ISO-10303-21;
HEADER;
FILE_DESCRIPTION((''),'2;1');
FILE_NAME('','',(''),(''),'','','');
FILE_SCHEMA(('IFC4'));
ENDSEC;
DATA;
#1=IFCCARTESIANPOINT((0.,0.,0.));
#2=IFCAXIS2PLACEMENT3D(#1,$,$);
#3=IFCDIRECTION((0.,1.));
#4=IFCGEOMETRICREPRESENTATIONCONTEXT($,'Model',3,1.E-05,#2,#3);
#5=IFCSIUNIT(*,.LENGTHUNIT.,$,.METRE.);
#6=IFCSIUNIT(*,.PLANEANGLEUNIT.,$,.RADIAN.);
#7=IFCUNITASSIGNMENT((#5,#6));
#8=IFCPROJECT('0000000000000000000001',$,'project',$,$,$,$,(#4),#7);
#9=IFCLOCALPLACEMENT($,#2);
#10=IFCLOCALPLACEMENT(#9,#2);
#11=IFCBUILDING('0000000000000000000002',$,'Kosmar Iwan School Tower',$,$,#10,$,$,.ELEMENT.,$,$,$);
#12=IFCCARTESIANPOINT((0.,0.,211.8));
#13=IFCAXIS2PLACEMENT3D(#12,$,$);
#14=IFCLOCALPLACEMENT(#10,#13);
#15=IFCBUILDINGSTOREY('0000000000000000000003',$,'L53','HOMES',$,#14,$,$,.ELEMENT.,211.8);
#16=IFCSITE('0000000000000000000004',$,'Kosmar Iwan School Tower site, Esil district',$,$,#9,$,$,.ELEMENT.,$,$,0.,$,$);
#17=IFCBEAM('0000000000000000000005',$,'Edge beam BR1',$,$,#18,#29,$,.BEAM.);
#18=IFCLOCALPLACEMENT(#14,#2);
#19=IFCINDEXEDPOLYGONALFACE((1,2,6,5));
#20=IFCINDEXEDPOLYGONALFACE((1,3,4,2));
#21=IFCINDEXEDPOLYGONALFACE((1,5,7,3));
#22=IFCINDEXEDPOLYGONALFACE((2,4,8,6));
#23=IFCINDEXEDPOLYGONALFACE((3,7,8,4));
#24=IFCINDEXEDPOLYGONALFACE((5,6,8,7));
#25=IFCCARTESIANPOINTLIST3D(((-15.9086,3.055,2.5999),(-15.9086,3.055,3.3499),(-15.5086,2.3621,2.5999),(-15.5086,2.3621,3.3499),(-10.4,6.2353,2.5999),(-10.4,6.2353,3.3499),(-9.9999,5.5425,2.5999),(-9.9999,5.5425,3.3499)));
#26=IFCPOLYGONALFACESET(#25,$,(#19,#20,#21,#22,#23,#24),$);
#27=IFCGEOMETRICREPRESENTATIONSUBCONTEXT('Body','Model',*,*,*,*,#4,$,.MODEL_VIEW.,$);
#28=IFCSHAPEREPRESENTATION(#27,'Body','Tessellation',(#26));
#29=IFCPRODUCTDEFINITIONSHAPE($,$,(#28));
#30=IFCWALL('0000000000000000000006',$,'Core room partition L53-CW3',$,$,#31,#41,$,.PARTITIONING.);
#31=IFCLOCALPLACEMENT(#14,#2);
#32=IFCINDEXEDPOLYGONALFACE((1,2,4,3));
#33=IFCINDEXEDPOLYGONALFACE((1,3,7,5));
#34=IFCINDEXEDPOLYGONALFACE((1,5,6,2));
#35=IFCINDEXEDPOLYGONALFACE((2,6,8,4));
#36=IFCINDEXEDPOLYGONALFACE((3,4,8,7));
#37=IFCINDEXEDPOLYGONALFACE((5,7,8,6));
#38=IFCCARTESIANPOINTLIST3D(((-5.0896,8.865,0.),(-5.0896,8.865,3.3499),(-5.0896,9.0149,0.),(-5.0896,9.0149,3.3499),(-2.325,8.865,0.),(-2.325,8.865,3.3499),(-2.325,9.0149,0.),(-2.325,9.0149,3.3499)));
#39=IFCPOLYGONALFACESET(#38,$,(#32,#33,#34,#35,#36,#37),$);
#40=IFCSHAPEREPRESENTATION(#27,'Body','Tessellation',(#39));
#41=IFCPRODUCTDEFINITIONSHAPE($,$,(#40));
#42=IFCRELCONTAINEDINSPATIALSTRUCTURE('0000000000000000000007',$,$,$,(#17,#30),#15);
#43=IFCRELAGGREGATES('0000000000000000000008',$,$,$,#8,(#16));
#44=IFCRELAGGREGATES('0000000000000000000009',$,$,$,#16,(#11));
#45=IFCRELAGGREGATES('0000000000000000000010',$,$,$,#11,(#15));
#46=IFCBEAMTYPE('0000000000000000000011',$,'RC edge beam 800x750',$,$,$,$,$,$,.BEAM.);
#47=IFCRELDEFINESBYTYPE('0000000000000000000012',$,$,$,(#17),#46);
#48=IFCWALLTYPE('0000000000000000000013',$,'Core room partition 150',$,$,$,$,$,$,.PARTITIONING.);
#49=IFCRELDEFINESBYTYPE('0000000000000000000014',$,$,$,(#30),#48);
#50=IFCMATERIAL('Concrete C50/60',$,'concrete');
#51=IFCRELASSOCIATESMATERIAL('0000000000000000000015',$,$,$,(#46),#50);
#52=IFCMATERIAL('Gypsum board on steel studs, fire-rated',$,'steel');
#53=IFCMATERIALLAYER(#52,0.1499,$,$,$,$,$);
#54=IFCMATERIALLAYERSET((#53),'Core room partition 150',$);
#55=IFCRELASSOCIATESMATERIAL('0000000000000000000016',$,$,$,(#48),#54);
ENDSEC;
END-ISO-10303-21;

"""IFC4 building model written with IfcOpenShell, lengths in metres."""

from ifc_helpers import new_model, si_unit, direction, frame, frame_2d, origin, origin_2d, place, context, subcontext, project, spatial, rectangle, extrude, material, layer, layer_set, material_profile, profile_set, type_object, element, save


model = new_model("IFC4")

# Units and contexts
model_context = context("Model", 3, precision=1e-05, world=origin(), true_north=direction((0.0, 1.0)))
body_context = subcontext(model_context, "Body", "Model", "MODEL_VIEW")
ifc_project = project(units=[si_unit("LENGTHUNIT", "METRE"), si_unit("PLANEANGLEUNIT", "RADIAN")], contexts=[model_context])

# Site, building, storey
site_placement = place(None, origin())
site = spatial("IfcSite", under=ifc_project, at=site_placement, Name="Kosmar Iwan School Tower site, Esil district", CompositionType="ELEMENT", RefElevation=0.0)
building_placement = place(site_placement, origin())
building = spatial("IfcBuilding", under=site, at=building_placement, Name="Kosmar Iwan School Tower", CompositionType="ELEMENT")
storey_placement = place(building_placement, frame((0.0, 0.0, 211.8)))
storey = spatial("IfcBuildingStorey", under=building, at=storey_placement, Name="L53", Description="HOMES", CompositionType="ELEMENT", Elevation=211.8)

# Beam
ifc_material_1 = material(Name="Concrete C50/60", Category="concrete")
ifc_material_profile = material_profile(ifc_material_1, rectangle(XDim=0.8, YDim=0.75, at=origin_2d()), Name="RC 800x750")
ifc_profile_set = profile_set([ifc_material_profile], Name="Concrete C50/60")
beam_type = type_object("IfcBeamType", Name="RC edge beam 800x750", PredefinedType="BEAM", material=ifc_profile_set)
beam_placement = place(storey_placement, frame((-10.2, 5.8889, 2.9749), z_axis=(-0.866031, -0.49999, 0.0), x_axis=(0.49999, -0.866031, 0.0)))
element("IfcBeam", 1, at=beam_placement, inside=storey, type_object=beam_type, Name="Edge beam BR1", PredefinedType="BEAM", context=body_context, shape_type="SweptSolid", body=[
    extrude(rectangle(XDim=0.8, YDim=0.75, at=origin_2d()), origin(), (0.0, 0.0, 1.0), 6.3608),
])

# Wall
ifc_material_2 = material(Name="Gypsum board on steel studs, fire-rated", Category="steel")
ifc_layer_1 = layer(ifc_material_2, 0.1499)
ifc_layer_set_1 = layer_set([ifc_layer_1], Name="Core room partition 150")
wall_type_1 = type_object("IfcWallType", Name="Core room partition 150", PredefinedType="PARTITIONING", material=ifc_layer_set_1)
wall_1_placement = place(storey_placement, frame((-5.0896, 8.9399, 0.0), z_axis=(0.0, 0.0, 1.0), x_axis=(1.0, 0.0, 0.0)))
element("IfcWall", 2, at=wall_1_placement, inside=storey, type_object=wall_type_1, Name="Core room partition L53-CW3", PredefinedType="PARTITIONING", context=body_context, shape_type="SweptSolid", body=[
    extrude(rectangle(XDim=2.7646, YDim=0.1499, at=frame_2d((1.3823, 0.0))), origin(), (0.0, 0.0, 1.0), 3.3499),
])

save(model, "model.ifc")
